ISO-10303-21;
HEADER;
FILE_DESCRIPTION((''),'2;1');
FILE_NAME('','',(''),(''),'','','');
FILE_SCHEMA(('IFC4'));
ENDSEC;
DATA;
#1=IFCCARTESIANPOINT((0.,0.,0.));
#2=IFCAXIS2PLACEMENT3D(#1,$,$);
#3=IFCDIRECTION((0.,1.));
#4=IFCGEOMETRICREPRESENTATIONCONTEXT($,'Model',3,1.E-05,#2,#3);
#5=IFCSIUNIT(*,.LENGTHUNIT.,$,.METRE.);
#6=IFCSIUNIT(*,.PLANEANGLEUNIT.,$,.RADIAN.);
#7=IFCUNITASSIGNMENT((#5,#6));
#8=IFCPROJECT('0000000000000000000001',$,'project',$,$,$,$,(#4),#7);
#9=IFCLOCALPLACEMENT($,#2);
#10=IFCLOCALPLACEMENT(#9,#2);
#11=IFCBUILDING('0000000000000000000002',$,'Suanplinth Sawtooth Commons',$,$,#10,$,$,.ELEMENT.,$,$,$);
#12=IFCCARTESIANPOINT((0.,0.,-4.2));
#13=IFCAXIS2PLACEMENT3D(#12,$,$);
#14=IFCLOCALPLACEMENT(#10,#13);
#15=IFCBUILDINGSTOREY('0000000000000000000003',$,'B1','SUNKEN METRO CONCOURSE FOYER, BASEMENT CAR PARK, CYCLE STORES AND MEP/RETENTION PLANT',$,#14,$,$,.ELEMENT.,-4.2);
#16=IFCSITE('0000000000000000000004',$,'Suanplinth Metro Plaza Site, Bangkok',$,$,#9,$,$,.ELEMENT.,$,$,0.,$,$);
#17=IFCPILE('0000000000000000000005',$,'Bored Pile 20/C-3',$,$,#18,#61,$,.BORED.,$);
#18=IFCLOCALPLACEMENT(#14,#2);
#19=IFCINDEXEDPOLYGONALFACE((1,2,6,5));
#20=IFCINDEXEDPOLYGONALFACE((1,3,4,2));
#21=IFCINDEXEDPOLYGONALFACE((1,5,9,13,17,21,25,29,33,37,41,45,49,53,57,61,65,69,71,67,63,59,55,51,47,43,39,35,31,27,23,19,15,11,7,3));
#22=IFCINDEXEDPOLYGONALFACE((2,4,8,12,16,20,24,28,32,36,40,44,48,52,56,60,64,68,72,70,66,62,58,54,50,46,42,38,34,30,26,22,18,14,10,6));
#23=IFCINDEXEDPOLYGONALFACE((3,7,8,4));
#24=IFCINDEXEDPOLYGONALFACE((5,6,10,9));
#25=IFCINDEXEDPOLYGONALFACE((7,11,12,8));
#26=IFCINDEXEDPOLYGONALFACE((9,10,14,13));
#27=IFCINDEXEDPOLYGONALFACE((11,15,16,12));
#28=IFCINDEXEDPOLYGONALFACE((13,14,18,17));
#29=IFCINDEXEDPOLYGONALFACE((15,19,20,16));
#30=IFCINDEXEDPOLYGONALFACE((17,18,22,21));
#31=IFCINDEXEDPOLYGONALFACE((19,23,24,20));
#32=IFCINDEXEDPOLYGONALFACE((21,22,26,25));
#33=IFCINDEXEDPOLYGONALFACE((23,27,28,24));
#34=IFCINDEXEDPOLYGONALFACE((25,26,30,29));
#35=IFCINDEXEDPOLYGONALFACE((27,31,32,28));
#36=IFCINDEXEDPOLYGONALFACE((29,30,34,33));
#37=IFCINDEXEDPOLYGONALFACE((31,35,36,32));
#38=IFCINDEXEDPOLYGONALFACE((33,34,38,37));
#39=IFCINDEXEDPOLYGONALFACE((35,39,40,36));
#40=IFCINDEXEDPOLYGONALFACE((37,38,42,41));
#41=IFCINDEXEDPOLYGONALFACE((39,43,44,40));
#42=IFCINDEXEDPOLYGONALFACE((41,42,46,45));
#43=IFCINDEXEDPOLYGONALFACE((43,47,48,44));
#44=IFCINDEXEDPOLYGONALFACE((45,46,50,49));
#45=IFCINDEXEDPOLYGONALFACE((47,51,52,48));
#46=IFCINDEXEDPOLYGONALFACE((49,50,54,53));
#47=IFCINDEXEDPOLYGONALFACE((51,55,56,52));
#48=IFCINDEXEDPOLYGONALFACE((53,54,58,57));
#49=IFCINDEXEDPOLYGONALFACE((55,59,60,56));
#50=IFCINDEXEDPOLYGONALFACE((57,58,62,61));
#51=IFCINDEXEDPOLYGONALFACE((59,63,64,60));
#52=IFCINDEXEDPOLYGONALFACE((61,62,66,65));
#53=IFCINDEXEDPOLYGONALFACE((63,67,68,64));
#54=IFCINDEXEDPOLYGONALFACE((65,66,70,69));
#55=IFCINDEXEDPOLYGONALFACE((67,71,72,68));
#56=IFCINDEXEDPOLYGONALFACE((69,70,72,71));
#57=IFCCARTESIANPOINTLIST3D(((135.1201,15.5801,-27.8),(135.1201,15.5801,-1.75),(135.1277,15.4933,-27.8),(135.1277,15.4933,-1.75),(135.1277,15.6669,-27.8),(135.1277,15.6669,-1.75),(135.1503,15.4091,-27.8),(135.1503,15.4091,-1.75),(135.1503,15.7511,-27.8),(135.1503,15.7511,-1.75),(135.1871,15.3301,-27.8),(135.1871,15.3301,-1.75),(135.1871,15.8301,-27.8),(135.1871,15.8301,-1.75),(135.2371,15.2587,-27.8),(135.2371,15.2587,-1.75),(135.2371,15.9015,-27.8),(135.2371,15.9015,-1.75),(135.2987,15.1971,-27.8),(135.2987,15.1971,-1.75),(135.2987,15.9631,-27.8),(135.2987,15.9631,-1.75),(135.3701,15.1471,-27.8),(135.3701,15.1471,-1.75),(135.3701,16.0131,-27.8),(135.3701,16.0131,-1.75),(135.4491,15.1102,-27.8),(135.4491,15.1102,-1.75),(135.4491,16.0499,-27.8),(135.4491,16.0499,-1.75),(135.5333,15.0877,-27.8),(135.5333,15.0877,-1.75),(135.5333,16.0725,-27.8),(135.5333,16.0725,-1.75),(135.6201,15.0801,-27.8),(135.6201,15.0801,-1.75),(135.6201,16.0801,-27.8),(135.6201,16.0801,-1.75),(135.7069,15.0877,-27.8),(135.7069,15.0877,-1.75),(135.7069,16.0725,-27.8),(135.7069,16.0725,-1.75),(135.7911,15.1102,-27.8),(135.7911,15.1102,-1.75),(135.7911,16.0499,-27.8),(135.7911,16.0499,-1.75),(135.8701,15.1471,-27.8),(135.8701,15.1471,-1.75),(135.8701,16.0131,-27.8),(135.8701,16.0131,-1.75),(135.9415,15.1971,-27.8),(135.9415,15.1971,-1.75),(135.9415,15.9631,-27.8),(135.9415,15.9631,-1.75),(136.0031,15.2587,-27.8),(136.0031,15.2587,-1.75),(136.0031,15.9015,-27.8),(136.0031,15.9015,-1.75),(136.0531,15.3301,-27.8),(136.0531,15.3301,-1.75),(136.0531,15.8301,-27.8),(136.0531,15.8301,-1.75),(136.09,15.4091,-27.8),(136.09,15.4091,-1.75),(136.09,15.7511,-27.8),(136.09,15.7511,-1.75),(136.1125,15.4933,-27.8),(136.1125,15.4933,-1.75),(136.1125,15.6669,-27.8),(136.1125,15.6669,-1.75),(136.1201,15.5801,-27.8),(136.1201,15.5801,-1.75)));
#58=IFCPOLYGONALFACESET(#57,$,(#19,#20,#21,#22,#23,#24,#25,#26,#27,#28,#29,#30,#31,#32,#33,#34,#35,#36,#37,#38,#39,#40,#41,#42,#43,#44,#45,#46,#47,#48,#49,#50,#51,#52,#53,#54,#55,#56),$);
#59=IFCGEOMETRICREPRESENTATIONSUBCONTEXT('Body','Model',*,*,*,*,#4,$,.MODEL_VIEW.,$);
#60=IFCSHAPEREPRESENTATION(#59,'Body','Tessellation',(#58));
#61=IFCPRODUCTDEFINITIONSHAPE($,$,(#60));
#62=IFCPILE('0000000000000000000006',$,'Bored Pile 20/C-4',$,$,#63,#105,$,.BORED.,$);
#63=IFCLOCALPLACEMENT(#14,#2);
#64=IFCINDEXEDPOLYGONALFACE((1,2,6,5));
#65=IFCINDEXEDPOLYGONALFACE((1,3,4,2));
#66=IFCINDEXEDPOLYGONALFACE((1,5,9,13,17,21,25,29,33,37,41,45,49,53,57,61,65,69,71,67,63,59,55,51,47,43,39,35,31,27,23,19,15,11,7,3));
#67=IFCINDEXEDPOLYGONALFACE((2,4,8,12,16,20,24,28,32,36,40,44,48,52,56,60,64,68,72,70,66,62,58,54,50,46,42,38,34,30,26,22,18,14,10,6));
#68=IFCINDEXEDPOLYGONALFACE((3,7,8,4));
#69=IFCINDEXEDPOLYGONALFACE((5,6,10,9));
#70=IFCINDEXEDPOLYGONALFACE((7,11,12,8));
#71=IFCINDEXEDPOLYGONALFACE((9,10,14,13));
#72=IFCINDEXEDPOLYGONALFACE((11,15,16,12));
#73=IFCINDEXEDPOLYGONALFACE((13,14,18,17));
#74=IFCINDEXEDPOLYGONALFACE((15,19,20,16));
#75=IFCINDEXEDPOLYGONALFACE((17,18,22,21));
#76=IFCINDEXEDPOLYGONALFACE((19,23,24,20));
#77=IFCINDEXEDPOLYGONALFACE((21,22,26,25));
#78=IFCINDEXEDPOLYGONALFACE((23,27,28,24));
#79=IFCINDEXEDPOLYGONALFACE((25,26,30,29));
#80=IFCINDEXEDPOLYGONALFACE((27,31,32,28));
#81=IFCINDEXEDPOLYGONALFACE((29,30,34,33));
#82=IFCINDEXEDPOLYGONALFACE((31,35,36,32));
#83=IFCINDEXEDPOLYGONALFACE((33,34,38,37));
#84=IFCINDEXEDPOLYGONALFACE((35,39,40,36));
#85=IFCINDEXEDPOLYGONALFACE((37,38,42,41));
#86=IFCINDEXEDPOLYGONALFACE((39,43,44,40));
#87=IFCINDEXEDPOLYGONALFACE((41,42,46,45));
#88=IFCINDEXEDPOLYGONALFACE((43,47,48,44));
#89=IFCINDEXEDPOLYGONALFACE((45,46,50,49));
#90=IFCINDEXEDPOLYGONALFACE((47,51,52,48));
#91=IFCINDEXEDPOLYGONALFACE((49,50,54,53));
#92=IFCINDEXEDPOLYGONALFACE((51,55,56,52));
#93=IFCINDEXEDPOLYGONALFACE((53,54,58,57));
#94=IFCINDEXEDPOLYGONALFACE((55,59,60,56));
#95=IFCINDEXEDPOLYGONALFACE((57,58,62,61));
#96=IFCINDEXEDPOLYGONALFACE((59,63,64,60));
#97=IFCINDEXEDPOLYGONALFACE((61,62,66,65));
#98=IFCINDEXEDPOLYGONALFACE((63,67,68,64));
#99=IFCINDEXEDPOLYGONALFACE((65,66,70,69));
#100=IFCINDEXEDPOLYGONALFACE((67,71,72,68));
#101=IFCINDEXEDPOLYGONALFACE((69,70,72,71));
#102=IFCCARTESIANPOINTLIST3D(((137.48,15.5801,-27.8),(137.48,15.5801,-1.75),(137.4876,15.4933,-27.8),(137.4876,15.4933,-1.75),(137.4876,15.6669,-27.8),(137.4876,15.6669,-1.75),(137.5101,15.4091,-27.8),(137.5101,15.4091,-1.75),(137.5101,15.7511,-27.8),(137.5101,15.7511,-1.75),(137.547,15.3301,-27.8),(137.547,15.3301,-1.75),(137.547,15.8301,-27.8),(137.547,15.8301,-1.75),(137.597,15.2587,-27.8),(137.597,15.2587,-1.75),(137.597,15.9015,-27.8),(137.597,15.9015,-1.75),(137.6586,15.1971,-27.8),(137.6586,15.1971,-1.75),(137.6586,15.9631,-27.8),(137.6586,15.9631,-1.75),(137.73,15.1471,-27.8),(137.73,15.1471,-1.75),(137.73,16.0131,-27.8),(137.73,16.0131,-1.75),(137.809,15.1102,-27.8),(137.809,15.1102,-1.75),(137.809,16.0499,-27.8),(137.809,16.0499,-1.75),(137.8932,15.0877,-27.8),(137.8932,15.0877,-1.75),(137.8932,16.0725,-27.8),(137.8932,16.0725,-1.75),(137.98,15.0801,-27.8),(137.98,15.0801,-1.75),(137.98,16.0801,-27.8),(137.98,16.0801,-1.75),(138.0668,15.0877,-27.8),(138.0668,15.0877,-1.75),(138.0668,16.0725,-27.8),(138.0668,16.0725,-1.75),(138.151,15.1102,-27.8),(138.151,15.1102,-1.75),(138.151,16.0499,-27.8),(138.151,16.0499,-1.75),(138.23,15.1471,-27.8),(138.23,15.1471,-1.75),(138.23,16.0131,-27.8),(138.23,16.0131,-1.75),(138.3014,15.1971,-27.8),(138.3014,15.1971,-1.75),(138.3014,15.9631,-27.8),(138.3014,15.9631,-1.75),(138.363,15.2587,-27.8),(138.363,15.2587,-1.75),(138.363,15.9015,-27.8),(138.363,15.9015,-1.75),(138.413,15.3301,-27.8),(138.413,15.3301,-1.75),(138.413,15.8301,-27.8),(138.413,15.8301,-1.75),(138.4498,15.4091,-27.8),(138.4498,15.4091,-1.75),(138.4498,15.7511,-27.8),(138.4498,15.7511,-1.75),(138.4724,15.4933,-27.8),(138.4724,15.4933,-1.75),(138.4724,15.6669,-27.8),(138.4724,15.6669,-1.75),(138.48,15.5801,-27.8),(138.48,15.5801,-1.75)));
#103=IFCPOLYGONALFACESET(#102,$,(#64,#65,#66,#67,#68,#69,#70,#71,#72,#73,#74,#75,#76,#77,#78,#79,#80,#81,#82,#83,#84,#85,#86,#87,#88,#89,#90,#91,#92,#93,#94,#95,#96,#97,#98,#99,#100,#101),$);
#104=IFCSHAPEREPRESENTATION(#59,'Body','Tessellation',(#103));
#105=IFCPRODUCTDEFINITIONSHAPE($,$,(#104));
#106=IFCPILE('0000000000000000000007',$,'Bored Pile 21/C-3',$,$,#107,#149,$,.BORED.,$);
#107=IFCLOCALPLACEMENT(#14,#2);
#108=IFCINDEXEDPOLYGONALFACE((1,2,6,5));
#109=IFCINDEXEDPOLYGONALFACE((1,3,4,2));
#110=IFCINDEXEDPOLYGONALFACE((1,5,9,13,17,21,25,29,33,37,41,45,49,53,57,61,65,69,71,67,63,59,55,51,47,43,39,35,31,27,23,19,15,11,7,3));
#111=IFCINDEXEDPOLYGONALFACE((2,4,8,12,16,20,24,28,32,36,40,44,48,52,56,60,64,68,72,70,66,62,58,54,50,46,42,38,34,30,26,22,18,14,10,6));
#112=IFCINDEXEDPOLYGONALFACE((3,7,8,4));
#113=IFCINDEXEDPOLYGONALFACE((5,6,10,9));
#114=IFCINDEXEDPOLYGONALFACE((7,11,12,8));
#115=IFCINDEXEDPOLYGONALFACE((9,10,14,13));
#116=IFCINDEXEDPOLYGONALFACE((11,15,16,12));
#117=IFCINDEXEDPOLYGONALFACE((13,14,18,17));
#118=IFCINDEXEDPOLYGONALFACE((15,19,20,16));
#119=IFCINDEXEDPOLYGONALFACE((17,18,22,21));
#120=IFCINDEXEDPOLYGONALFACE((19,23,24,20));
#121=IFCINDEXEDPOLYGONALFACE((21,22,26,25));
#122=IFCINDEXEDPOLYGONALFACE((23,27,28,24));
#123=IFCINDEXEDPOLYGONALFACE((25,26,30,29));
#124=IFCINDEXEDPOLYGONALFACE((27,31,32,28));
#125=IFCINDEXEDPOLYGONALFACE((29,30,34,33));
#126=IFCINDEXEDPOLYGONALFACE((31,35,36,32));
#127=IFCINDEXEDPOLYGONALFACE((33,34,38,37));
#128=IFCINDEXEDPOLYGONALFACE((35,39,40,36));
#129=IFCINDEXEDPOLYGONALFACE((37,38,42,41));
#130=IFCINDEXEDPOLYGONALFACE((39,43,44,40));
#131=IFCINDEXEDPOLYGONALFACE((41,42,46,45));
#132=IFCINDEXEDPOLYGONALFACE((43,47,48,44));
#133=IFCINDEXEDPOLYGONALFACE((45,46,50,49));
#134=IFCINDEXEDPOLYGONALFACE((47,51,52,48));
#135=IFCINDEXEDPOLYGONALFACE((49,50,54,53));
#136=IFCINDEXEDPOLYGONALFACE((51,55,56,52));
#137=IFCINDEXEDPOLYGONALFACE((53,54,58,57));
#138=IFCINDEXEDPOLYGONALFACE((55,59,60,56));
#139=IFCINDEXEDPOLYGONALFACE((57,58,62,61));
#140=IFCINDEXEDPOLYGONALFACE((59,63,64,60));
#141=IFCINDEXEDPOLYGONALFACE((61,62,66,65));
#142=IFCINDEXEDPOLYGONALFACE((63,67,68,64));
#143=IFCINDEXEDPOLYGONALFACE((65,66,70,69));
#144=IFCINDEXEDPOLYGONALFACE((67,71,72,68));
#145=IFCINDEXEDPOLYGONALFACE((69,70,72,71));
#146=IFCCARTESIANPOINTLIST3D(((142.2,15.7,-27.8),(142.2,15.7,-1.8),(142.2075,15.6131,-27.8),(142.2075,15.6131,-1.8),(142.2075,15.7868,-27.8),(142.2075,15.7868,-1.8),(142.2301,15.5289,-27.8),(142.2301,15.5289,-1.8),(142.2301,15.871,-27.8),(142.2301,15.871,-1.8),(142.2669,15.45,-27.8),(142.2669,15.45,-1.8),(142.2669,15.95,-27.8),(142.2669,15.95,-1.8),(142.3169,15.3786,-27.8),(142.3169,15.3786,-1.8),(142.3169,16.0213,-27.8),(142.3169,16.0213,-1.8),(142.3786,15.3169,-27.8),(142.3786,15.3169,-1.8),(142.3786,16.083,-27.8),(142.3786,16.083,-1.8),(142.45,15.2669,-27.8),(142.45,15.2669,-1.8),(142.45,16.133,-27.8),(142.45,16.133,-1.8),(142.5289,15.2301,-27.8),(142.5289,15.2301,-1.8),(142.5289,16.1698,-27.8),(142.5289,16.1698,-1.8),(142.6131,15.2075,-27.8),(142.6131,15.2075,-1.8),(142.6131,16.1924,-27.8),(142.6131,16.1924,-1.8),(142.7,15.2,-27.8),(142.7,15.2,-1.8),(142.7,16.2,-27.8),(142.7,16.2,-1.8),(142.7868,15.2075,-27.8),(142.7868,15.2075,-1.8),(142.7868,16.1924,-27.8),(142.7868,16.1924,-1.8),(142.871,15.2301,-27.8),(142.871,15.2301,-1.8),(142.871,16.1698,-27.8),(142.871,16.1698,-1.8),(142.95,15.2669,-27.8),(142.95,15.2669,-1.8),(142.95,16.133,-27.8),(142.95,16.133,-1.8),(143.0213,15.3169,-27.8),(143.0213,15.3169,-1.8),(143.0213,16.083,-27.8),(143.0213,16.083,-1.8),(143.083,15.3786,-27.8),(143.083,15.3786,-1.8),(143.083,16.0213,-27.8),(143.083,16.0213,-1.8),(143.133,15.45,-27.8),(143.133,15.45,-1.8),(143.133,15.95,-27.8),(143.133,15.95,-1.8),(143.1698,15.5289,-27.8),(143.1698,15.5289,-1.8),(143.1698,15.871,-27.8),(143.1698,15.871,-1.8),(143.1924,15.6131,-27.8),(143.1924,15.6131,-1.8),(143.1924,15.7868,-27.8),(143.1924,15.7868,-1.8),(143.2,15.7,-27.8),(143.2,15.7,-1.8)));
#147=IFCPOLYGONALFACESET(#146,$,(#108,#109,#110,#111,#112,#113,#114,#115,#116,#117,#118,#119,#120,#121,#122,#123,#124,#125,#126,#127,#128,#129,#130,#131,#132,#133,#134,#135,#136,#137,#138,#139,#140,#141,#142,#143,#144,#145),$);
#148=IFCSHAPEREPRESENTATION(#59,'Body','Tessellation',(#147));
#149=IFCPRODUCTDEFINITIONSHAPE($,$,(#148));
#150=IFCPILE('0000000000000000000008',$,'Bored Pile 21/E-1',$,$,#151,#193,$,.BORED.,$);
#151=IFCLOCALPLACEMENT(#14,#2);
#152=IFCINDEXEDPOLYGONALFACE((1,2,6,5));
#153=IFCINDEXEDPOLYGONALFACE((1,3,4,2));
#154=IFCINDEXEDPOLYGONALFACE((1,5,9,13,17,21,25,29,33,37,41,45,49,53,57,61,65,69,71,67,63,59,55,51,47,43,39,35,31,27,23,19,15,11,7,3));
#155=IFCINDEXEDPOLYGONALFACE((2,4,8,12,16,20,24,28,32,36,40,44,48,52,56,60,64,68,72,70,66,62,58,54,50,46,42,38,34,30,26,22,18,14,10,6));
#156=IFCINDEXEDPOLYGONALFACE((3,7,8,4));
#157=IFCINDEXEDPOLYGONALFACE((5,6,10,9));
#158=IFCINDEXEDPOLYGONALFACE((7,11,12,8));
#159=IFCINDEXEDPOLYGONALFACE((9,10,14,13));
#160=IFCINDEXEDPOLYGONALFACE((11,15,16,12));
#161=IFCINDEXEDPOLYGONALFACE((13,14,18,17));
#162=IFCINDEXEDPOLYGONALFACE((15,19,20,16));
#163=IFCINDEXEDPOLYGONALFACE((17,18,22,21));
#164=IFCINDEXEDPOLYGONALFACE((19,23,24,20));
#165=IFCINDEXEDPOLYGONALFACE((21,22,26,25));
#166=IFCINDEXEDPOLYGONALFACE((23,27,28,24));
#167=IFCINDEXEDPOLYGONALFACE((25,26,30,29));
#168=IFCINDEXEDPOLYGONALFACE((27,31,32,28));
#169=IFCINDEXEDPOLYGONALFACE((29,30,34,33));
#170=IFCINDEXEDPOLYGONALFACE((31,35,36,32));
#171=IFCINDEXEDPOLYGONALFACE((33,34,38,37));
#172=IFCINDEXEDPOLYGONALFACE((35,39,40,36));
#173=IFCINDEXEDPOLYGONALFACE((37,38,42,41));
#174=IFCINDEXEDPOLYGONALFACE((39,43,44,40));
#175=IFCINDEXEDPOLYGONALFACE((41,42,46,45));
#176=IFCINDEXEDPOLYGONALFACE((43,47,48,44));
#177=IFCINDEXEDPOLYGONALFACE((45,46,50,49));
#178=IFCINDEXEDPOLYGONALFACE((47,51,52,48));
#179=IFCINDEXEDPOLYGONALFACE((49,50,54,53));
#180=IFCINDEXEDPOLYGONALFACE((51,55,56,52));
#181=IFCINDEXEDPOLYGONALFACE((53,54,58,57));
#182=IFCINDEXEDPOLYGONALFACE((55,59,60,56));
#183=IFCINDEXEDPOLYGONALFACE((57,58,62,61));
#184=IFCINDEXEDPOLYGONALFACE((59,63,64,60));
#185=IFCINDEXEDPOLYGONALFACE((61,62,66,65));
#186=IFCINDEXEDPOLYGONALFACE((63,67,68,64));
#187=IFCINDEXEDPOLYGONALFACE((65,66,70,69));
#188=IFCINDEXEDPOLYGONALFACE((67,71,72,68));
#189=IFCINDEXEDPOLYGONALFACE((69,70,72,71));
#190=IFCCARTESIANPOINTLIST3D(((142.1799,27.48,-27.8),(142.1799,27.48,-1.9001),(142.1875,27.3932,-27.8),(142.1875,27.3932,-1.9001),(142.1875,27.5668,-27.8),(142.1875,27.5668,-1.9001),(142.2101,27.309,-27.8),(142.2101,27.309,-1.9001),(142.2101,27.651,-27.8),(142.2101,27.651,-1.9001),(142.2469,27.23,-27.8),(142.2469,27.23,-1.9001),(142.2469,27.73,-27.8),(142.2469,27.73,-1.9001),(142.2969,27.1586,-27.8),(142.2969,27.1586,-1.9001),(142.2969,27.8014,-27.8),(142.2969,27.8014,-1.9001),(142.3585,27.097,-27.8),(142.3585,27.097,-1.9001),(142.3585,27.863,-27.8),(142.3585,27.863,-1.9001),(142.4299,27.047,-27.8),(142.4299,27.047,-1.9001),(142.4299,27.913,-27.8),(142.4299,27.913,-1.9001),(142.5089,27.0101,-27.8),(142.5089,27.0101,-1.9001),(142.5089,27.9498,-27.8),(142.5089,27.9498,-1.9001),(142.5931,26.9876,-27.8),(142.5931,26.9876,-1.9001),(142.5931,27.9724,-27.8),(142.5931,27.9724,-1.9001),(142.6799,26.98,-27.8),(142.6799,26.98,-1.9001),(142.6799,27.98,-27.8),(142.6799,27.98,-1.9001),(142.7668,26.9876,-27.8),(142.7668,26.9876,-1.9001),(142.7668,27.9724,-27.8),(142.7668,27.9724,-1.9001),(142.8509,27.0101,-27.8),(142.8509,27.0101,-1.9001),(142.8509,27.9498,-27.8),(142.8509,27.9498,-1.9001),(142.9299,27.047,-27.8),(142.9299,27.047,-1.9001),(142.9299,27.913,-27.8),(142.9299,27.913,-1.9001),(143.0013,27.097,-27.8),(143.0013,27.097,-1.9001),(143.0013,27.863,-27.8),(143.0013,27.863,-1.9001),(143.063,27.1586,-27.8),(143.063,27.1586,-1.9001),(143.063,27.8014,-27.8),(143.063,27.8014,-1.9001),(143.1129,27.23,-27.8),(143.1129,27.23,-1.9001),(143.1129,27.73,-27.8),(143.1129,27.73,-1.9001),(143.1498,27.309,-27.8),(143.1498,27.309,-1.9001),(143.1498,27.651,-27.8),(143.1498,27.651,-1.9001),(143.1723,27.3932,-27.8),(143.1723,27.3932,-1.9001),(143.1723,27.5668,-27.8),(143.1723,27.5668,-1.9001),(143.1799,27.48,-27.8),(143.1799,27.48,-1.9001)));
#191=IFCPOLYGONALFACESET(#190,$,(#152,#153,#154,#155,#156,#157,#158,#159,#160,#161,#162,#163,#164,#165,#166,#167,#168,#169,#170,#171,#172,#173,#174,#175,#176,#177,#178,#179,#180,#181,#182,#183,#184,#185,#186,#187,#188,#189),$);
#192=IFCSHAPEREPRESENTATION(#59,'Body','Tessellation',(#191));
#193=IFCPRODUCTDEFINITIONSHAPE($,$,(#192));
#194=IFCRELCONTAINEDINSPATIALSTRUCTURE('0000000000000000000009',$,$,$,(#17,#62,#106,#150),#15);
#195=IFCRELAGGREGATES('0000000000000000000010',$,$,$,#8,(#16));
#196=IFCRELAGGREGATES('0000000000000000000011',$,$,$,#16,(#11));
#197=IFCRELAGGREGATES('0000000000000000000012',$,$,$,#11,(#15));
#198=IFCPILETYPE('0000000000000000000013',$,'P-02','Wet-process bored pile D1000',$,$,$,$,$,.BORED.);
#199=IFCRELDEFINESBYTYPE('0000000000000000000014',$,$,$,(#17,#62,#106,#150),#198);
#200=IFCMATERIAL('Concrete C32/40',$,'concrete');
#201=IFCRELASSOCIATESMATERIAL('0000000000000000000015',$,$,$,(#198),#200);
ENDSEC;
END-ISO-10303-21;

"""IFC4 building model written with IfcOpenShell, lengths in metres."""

from ifc_helpers import new_model, si_unit, direction, frame, origin, origin_2d, place, context, subcontext, project, spatial, circle, extrude, material, material_profile, profile_set, type_object, element, save


model = new_model("IFC4")

# Units and contexts
model_context = context("Model", 3, precision=1e-05, world=origin(), true_north=direction((0.0, 1.0)))
body_context = subcontext(model_context, "Body", "Model", "MODEL_VIEW")
ifc_project = project(units=[si_unit("LENGTHUNIT", "METRE"), si_unit("PLANEANGLEUNIT", "RADIAN")], contexts=[model_context])

# Site, building, storey
site_placement = place(None, origin())
site = spatial("IfcSite", under=ifc_project, at=site_placement, Name="Suanplinth Metro Plaza Site, Bangkok", CompositionType="ELEMENT", RefElevation=0.0)
building_placement = place(site_placement, origin())
building = spatial("IfcBuilding", under=site, at=building_placement, Name="Suanplinth Sawtooth Commons", CompositionType="ELEMENT")
storey_placement = place(building_placement, frame((0.0, 0.0, -4.2)))
storey = spatial("IfcBuildingStorey", under=building, at=storey_placement, Name="B1", Description="SUNKEN METRO CONCOURSE FOYER, BASEMENT CAR PARK, CYCLE STORES AND MEP/RETENTION PLANT", CompositionType="ELEMENT", Elevation=-4.2)

# Piles
ifc_material_1 = material(Name="Concrete C32/40", Category="concrete")
ifc_material_profile_1 = material_profile(ifc_material_1, circle(Radius=0.5, at=origin_2d()), Name="PILE D1000")
ifc_profile_set_1 = profile_set([ifc_material_profile_1], Name="Concrete C32/40")
pile_type = type_object("IfcPileType", Name="P-02", Description="Wet-process bored pile D1000", PredefinedType="BORED", material=ifc_profile_set_1)
for number, where, z_axis, x_axis, name in (
    (1, (135.6201, 15.5801, -1.75), (0.0, 0.0, -1.0), (1.0, 0.0, 0.0), "Bored Pile 20/C-3"),
    (2, (137.98, 15.5801, -1.75), (0.0, 0.0, -1.0), (1.0, 0.0, 0.0), "Bored Pile 20/C-4"),
):
    element("IfcPile", number, at=place(storey_placement, frame(where, z_axis=z_axis, x_axis=x_axis)), inside=storey, type_object=pile_type, Name=name, PredefinedType="BORED", context=body_context, shape_type="SweptSolid", body=[
        extrude(circle(Radius=0.5, at=origin_2d()), origin(), (0.0, 0.0, 1.0), 26.05),
    ])
pile_placement = place(storey_placement, frame((142.7, 15.7, -1.8), z_axis=(0.0, 0.0, -1.0), x_axis=(1.0, 0.0, 0.0)))
element("IfcPile", 3, at=pile_placement, inside=storey, type_object=pile_type, Name="Bored Pile 21/C-3", PredefinedType="BORED", context=body_context, shape_type="SweptSolid", body=[
    extrude(circle(Radius=0.5, at=origin_2d()), origin(), (0.0, 0.0, 1.0), 26.0),
])
for number, where, z_axis, x_axis, name in (
    (4, (142.6799, 27.48, -1.9001), (0.0, 0.0, -1.0), (1.0, 0.0, 0.0), "Bored Pile 21/E-1"),
):
    element("IfcPile", number, at=place(storey_placement, frame(where, z_axis=z_axis, x_axis=x_axis)), inside=storey, type_object=pile_type, Name=name, PredefinedType="BORED", context=body_context, shape_type="SweptSolid", body=[
        extrude(circle(Radius=0.5, at=origin_2d()), origin(), (0.0, 0.0, 1.0), 25.8999),
    ])

save(model, "model.ifc")
